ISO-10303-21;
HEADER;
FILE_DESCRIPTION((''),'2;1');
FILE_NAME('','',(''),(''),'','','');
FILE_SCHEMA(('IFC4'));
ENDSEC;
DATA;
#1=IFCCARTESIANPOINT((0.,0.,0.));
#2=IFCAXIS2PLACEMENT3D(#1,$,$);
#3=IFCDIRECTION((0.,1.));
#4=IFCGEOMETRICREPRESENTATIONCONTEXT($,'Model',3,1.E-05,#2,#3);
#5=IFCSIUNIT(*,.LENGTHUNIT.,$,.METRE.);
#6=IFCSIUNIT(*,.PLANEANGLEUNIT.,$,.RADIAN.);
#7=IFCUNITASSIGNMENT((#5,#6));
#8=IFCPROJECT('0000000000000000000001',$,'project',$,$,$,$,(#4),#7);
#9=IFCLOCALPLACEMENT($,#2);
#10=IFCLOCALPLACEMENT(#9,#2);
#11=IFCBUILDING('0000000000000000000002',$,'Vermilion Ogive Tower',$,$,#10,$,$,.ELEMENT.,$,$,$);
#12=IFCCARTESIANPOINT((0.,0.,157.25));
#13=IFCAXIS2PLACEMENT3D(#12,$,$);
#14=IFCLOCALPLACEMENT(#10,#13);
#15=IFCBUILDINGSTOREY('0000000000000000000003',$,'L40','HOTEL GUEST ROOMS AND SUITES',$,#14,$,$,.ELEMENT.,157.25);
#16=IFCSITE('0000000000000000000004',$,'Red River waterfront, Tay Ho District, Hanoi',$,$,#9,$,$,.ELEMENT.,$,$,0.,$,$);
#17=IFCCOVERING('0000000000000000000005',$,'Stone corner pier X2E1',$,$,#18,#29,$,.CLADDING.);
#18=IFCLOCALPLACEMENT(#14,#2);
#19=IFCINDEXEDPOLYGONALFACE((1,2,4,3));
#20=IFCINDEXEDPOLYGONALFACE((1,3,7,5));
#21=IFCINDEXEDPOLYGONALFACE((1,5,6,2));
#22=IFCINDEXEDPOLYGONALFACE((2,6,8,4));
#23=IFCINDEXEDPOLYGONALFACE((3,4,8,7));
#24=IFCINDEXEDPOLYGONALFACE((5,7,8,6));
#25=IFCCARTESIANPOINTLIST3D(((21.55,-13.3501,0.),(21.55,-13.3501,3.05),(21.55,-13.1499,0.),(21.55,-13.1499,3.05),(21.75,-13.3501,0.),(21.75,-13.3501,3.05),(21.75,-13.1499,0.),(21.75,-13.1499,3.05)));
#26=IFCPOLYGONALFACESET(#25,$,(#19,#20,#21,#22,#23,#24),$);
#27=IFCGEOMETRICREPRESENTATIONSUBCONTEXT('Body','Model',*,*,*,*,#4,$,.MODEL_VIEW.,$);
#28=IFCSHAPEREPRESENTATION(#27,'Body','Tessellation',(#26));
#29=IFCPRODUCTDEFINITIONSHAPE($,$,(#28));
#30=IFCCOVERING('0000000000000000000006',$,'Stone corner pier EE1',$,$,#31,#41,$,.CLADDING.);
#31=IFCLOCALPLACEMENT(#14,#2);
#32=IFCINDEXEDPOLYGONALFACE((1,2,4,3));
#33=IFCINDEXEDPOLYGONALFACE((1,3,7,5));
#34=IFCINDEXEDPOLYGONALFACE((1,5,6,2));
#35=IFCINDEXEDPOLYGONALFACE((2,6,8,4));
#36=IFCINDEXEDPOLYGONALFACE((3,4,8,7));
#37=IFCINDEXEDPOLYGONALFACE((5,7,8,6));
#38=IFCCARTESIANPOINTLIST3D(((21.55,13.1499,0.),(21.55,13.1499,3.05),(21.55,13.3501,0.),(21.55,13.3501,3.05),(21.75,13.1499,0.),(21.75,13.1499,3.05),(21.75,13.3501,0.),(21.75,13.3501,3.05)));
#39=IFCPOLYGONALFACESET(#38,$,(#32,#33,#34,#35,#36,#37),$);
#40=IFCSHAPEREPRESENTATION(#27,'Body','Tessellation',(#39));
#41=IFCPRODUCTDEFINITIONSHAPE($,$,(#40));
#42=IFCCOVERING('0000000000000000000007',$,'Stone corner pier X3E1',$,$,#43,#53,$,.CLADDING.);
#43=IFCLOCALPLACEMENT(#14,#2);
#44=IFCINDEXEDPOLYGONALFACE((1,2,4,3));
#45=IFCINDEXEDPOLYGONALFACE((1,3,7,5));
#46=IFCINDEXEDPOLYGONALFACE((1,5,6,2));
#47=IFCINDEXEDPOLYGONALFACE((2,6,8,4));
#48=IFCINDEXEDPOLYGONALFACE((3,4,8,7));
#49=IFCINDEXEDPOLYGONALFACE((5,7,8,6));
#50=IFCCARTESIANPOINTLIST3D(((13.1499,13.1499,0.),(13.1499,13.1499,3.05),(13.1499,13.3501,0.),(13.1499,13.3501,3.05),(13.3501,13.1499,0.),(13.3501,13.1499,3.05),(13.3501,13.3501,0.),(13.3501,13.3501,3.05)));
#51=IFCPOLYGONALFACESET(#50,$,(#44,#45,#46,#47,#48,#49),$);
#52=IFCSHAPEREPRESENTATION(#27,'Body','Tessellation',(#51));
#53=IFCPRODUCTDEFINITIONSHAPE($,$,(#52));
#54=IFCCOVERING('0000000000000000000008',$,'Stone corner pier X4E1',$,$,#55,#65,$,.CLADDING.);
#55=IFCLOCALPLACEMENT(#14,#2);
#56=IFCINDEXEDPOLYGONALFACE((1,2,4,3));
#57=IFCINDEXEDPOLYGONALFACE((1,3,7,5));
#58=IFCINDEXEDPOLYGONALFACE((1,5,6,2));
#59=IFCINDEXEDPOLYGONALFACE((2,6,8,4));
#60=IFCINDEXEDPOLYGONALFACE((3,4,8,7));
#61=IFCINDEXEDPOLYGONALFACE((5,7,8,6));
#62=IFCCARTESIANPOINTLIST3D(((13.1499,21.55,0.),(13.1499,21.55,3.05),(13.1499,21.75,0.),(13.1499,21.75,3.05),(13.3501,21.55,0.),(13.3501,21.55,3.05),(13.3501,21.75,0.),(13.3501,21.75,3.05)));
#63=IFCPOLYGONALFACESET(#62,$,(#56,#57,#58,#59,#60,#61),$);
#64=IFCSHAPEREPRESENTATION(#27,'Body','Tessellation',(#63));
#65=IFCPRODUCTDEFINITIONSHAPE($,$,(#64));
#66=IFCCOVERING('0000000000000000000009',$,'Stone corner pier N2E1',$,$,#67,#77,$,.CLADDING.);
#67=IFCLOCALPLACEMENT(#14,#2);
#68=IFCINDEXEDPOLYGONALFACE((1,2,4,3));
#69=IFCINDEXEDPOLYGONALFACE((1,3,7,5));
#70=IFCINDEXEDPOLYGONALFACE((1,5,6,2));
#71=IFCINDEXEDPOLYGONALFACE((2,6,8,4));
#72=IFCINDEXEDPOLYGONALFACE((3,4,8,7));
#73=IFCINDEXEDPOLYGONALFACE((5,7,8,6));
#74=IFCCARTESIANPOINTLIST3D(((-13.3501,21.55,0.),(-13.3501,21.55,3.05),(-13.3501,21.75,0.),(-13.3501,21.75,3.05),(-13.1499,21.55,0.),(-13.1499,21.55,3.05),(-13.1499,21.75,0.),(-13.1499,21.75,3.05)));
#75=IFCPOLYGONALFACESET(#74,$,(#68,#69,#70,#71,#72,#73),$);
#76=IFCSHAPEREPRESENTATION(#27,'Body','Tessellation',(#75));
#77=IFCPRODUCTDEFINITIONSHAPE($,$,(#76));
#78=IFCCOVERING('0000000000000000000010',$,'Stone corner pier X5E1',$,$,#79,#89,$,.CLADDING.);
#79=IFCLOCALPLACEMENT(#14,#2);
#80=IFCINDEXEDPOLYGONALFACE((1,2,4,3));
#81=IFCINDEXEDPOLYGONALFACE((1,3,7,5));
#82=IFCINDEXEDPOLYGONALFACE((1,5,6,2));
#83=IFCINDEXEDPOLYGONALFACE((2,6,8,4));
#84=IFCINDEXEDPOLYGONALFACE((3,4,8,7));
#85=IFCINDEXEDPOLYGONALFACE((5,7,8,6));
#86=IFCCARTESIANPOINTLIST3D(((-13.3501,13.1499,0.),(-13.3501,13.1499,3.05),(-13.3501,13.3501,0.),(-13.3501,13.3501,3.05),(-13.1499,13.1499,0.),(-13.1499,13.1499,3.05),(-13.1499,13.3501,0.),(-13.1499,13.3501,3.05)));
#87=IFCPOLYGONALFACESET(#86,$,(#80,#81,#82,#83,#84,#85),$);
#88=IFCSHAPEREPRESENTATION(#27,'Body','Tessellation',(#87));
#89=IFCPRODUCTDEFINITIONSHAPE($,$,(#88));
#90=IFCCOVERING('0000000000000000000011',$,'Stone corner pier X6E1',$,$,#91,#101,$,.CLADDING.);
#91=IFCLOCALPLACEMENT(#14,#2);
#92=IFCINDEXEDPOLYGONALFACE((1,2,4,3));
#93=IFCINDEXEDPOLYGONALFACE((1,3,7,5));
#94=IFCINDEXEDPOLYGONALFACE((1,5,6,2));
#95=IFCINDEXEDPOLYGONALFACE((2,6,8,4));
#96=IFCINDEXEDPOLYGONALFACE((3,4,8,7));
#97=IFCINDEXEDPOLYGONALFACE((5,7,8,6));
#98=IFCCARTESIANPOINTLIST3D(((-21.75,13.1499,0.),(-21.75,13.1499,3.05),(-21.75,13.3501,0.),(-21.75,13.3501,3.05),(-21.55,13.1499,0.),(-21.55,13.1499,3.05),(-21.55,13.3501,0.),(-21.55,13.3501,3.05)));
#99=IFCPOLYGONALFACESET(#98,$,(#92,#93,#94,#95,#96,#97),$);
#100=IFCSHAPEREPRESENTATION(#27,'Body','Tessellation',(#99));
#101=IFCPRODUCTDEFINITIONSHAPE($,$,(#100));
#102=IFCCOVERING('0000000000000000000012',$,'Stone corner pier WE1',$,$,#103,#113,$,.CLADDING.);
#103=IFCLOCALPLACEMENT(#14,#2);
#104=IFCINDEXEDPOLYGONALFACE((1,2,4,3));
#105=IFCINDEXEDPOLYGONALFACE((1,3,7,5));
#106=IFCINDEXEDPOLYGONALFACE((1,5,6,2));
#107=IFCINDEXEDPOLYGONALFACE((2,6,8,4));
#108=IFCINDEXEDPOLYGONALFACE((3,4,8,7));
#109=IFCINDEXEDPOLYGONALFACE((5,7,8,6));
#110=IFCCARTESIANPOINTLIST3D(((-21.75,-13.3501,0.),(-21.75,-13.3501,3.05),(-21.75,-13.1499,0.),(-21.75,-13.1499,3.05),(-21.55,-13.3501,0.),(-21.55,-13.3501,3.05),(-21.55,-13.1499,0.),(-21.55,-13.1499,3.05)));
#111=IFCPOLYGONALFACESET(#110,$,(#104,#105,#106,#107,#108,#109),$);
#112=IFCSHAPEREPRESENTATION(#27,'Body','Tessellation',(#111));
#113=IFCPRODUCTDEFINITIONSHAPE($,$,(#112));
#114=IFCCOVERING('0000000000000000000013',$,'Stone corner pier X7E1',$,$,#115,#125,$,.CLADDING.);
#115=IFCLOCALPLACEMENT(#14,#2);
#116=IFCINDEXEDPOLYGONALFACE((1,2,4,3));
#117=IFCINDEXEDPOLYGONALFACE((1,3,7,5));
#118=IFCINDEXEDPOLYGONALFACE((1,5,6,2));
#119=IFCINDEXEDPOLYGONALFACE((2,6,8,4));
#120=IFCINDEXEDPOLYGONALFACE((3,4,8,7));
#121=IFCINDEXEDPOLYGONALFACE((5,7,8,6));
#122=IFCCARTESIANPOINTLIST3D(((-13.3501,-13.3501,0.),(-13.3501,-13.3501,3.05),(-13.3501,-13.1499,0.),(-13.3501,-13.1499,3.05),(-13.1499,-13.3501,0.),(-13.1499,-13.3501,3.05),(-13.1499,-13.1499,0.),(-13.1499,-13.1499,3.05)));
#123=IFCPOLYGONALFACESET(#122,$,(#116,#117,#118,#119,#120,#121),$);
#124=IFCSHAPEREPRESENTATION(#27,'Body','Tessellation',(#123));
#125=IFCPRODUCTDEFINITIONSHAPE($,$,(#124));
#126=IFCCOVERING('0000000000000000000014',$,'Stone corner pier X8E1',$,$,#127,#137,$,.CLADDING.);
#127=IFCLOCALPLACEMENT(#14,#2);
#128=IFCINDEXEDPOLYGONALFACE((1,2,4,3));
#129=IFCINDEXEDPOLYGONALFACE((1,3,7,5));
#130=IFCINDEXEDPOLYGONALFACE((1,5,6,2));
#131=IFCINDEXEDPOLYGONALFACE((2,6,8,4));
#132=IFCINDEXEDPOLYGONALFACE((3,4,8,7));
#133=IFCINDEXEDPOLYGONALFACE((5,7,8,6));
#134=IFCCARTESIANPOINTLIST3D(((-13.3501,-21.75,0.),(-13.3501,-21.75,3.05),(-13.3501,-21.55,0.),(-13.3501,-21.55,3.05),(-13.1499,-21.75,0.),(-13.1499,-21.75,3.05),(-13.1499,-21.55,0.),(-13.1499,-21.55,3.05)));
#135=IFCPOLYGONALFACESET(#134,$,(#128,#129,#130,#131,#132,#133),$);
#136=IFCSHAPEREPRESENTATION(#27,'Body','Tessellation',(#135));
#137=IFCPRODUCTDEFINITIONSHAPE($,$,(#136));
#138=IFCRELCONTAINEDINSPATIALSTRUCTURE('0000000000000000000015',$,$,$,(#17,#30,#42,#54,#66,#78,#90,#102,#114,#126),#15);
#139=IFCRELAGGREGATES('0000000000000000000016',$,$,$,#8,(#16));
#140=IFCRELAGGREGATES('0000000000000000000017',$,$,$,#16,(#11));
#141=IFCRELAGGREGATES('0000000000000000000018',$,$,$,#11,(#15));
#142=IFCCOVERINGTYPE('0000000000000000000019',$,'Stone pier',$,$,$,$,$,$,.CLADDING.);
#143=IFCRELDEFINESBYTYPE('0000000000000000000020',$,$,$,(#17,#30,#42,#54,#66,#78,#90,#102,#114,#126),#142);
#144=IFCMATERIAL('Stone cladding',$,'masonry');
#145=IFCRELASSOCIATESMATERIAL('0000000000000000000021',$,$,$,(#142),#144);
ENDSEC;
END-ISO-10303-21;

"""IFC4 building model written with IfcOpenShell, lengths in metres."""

from ifc_helpers import new_model, si_unit, direction, frame, origin, place, context, subcontext, project, spatial, polyline, outline, extrude, material, type_object, element, save


model = new_model("IFC4")

# Units and contexts
model_context = context("Model", 3, precision=1e-05, world=origin(), true_north=direction((0.0, 1.0)))
body_context = subcontext(model_context, "Body", "Model", "MODEL_VIEW")
ifc_project = project(units=[si_unit("LENGTHUNIT", "METRE"), si_unit("PLANEANGLEUNIT", "RADIAN")], contexts=[model_context])

# Site, building, storey
site_placement = place(None, origin())
site = spatial("IfcSite", under=ifc_project, at=site_placement, Name="Red River waterfront, Tay Ho District, Hanoi", CompositionType="ELEMENT", RefElevation=0.0)
building_placement = place(site_placement, origin())
building = spatial("IfcBuilding", under=site, at=building_placement, Name="Vermilion Ogive Tower", CompositionType="ELEMENT")
storey_placement = place(building_placement, frame((0.0, 0.0, 157.25)))
storey = spatial("IfcBuildingStorey", under=building, at=storey_placement, Name="L40", Description="HOTEL GUEST ROOMS AND SUITES", CompositionType="ELEMENT", Elevation=157.25)

# Coverings
ifc_material_1 = material(Name="Stone cladding", Category="masonry")
covering_type_1 = type_object("IfcCoveringType", Name="Stone pier", PredefinedType="CLADDING", material=ifc_material_1)
covering_1_placement = place(storey_placement, origin())
element("IfcCovering", 1, at=covering_1_placement, inside=storey, type_object=covering_type_1, Name="Stone corner pier X2E1", PredefinedType="CLADDING", context=body_context, shape_type="SweptSolid", body=[
    extrude(outline(polyline([(21.55, -13.3501), (21.55, -13.1499), (21.75, -13.1499), (21.75, -13.3501), (21.55, -13.3501)])), origin(), (0.0, 0.0, 1.0), 3.05),
])
covering_2_placement = place(storey_placement, origin())
element("IfcCovering", 2, at=covering_2_placement, inside=storey, type_object=covering_type_1, Name="Stone corner pier EE1", PredefinedType="CLADDING", context=body_context, shape_type="SweptSolid", body=[
    extrude(outline(polyline([(21.75, 13.1499), (21.55, 13.1499), (21.55, 13.3501), (21.75, 13.3501), (21.75, 13.1499)])), origin(), (0.0, 0.0, 1.0), 3.05),
])
covering_3_placement = place(storey_placement, origin())
element("IfcCovering", 3, at=covering_3_placement, inside=storey, type_object=covering_type_1, Name="Stone corner pier X3E1", PredefinedType="CLADDING", context=body_context, shape_type="SweptSolid", body=[
    extrude(outline(polyline([(13.1499, 13.1499), (13.1499, 13.3501), (13.3501, 13.3501), (13.3501, 13.1499), (13.1499, 13.1499)])), origin(), (0.0, 0.0, 1.0), 3.05),
])
covering_4_placement = place(storey_placement, origin())
element("IfcCovering", 4, at=covering_4_placement, inside=storey, type_object=covering_type_1, Name="Stone corner pier X4E1", PredefinedType="CLADDING", context=body_context, shape_type="SweptSolid", body=[
    extrude(outline(polyline([(13.3501, 21.55), (13.1499, 21.55), (13.1499, 21.75), (13.3501, 21.75), (13.3501, 21.55)])), origin(), (0.0, 0.0, 1.0), 3.05),
])
covering_5_placement = place(storey_placement, origin())
element("IfcCovering", 5, at=covering_5_placement, inside=storey, type_object=covering_type_1, Name="Stone corner pier N2E1", PredefinedType="CLADDING", context=body_context, shape_type="SweptSolid", body=[
    extrude(outline(polyline([(-13.1499, 21.75), (-13.1499, 21.55), (-13.3501, 21.55), (-13.3501, 21.75), (-13.1499, 21.75)])), origin(), (0.0, 0.0, 1.0), 3.05),
])
covering_6_placement = place(storey_placement, origin())
element("IfcCovering", 6, at=covering_6_placement, inside=storey, type_object=covering_type_1, Name="Stone corner pier X5E1", PredefinedType="CLADDING", context=body_context, shape_type="SweptSolid", body=[
    extrude(outline(polyline([(-13.1499, 13.1499), (-13.3501, 13.1499), (-13.3501, 13.3501), (-13.1499, 13.3501), (-13.1499, 13.1499)])), origin(), (0.0, 0.0, 1.0), 3.05),
])
covering_7_placement = place(storey_placement, origin())
element("IfcCovering", 7, at=covering_7_placement, inside=storey, type_object=covering_type_1, Name="Stone corner pier X6E1", PredefinedType="CLADDING", context=body_context, shape_type="SweptSolid", body=[
    extrude(outline(polyline([(-21.55, 13.3501), (-21.55, 13.1499), (-21.75, 13.1499), (-21.75, 13.3501), (-21.55, 13.3501)])), origin(), (0.0, 0.0, 1.0), 3.05),
])
covering_8_placement = place(storey_placement, origin())
element("IfcCovering", 8, at=covering_8_placement, inside=storey, type_object=covering_type_1, Name="Stone corner pier WE1", PredefinedType="CLADDING", context=body_context, shape_type="SweptSolid", body=[
    extrude(outline(polyline([(-21.75, -13.1499), (-21.55, -13.1499), (-21.55, -13.3501), (-21.75, -13.3501), (-21.75, -13.1499)])), origin(), (0.0, 0.0, 1.0), 3.05),
])
covering_9_placement = place(storey_placement, origin())
element("IfcCovering", 9, at=covering_9_placement, inside=storey, type_object=covering_type_1, Name="Stone corner pier X7E1", PredefinedType="CLADDING", context=body_context, shape_type="SweptSolid", body=[
    extrude(outline(polyline([(-13.1499, -13.1499), (-13.1499, -13.3501), (-13.3501, -13.3501), (-13.3501, -13.1499), (-13.1499, -13.1499)])), origin(), (0.0, 0.0, 1.0), 3.05),
])
covering_10_placement = place(storey_placement, origin())
element("IfcCovering", 10, at=covering_10_placement, inside=storey, type_object=covering_type_1, Name="Stone corner pier X8E1", PredefinedType="CLADDING", context=body_context, shape_type="SweptSolid", body=[
    extrude(outline(polyline([(-13.3501, -21.55), (-13.1499, -21.55), (-13.1499, -21.75), (-13.3501, -21.75), (-13.3501, -21.55)])), origin(), (0.0, 0.0, 1.0), 3.05),
])

save(model, "model.ifc")
